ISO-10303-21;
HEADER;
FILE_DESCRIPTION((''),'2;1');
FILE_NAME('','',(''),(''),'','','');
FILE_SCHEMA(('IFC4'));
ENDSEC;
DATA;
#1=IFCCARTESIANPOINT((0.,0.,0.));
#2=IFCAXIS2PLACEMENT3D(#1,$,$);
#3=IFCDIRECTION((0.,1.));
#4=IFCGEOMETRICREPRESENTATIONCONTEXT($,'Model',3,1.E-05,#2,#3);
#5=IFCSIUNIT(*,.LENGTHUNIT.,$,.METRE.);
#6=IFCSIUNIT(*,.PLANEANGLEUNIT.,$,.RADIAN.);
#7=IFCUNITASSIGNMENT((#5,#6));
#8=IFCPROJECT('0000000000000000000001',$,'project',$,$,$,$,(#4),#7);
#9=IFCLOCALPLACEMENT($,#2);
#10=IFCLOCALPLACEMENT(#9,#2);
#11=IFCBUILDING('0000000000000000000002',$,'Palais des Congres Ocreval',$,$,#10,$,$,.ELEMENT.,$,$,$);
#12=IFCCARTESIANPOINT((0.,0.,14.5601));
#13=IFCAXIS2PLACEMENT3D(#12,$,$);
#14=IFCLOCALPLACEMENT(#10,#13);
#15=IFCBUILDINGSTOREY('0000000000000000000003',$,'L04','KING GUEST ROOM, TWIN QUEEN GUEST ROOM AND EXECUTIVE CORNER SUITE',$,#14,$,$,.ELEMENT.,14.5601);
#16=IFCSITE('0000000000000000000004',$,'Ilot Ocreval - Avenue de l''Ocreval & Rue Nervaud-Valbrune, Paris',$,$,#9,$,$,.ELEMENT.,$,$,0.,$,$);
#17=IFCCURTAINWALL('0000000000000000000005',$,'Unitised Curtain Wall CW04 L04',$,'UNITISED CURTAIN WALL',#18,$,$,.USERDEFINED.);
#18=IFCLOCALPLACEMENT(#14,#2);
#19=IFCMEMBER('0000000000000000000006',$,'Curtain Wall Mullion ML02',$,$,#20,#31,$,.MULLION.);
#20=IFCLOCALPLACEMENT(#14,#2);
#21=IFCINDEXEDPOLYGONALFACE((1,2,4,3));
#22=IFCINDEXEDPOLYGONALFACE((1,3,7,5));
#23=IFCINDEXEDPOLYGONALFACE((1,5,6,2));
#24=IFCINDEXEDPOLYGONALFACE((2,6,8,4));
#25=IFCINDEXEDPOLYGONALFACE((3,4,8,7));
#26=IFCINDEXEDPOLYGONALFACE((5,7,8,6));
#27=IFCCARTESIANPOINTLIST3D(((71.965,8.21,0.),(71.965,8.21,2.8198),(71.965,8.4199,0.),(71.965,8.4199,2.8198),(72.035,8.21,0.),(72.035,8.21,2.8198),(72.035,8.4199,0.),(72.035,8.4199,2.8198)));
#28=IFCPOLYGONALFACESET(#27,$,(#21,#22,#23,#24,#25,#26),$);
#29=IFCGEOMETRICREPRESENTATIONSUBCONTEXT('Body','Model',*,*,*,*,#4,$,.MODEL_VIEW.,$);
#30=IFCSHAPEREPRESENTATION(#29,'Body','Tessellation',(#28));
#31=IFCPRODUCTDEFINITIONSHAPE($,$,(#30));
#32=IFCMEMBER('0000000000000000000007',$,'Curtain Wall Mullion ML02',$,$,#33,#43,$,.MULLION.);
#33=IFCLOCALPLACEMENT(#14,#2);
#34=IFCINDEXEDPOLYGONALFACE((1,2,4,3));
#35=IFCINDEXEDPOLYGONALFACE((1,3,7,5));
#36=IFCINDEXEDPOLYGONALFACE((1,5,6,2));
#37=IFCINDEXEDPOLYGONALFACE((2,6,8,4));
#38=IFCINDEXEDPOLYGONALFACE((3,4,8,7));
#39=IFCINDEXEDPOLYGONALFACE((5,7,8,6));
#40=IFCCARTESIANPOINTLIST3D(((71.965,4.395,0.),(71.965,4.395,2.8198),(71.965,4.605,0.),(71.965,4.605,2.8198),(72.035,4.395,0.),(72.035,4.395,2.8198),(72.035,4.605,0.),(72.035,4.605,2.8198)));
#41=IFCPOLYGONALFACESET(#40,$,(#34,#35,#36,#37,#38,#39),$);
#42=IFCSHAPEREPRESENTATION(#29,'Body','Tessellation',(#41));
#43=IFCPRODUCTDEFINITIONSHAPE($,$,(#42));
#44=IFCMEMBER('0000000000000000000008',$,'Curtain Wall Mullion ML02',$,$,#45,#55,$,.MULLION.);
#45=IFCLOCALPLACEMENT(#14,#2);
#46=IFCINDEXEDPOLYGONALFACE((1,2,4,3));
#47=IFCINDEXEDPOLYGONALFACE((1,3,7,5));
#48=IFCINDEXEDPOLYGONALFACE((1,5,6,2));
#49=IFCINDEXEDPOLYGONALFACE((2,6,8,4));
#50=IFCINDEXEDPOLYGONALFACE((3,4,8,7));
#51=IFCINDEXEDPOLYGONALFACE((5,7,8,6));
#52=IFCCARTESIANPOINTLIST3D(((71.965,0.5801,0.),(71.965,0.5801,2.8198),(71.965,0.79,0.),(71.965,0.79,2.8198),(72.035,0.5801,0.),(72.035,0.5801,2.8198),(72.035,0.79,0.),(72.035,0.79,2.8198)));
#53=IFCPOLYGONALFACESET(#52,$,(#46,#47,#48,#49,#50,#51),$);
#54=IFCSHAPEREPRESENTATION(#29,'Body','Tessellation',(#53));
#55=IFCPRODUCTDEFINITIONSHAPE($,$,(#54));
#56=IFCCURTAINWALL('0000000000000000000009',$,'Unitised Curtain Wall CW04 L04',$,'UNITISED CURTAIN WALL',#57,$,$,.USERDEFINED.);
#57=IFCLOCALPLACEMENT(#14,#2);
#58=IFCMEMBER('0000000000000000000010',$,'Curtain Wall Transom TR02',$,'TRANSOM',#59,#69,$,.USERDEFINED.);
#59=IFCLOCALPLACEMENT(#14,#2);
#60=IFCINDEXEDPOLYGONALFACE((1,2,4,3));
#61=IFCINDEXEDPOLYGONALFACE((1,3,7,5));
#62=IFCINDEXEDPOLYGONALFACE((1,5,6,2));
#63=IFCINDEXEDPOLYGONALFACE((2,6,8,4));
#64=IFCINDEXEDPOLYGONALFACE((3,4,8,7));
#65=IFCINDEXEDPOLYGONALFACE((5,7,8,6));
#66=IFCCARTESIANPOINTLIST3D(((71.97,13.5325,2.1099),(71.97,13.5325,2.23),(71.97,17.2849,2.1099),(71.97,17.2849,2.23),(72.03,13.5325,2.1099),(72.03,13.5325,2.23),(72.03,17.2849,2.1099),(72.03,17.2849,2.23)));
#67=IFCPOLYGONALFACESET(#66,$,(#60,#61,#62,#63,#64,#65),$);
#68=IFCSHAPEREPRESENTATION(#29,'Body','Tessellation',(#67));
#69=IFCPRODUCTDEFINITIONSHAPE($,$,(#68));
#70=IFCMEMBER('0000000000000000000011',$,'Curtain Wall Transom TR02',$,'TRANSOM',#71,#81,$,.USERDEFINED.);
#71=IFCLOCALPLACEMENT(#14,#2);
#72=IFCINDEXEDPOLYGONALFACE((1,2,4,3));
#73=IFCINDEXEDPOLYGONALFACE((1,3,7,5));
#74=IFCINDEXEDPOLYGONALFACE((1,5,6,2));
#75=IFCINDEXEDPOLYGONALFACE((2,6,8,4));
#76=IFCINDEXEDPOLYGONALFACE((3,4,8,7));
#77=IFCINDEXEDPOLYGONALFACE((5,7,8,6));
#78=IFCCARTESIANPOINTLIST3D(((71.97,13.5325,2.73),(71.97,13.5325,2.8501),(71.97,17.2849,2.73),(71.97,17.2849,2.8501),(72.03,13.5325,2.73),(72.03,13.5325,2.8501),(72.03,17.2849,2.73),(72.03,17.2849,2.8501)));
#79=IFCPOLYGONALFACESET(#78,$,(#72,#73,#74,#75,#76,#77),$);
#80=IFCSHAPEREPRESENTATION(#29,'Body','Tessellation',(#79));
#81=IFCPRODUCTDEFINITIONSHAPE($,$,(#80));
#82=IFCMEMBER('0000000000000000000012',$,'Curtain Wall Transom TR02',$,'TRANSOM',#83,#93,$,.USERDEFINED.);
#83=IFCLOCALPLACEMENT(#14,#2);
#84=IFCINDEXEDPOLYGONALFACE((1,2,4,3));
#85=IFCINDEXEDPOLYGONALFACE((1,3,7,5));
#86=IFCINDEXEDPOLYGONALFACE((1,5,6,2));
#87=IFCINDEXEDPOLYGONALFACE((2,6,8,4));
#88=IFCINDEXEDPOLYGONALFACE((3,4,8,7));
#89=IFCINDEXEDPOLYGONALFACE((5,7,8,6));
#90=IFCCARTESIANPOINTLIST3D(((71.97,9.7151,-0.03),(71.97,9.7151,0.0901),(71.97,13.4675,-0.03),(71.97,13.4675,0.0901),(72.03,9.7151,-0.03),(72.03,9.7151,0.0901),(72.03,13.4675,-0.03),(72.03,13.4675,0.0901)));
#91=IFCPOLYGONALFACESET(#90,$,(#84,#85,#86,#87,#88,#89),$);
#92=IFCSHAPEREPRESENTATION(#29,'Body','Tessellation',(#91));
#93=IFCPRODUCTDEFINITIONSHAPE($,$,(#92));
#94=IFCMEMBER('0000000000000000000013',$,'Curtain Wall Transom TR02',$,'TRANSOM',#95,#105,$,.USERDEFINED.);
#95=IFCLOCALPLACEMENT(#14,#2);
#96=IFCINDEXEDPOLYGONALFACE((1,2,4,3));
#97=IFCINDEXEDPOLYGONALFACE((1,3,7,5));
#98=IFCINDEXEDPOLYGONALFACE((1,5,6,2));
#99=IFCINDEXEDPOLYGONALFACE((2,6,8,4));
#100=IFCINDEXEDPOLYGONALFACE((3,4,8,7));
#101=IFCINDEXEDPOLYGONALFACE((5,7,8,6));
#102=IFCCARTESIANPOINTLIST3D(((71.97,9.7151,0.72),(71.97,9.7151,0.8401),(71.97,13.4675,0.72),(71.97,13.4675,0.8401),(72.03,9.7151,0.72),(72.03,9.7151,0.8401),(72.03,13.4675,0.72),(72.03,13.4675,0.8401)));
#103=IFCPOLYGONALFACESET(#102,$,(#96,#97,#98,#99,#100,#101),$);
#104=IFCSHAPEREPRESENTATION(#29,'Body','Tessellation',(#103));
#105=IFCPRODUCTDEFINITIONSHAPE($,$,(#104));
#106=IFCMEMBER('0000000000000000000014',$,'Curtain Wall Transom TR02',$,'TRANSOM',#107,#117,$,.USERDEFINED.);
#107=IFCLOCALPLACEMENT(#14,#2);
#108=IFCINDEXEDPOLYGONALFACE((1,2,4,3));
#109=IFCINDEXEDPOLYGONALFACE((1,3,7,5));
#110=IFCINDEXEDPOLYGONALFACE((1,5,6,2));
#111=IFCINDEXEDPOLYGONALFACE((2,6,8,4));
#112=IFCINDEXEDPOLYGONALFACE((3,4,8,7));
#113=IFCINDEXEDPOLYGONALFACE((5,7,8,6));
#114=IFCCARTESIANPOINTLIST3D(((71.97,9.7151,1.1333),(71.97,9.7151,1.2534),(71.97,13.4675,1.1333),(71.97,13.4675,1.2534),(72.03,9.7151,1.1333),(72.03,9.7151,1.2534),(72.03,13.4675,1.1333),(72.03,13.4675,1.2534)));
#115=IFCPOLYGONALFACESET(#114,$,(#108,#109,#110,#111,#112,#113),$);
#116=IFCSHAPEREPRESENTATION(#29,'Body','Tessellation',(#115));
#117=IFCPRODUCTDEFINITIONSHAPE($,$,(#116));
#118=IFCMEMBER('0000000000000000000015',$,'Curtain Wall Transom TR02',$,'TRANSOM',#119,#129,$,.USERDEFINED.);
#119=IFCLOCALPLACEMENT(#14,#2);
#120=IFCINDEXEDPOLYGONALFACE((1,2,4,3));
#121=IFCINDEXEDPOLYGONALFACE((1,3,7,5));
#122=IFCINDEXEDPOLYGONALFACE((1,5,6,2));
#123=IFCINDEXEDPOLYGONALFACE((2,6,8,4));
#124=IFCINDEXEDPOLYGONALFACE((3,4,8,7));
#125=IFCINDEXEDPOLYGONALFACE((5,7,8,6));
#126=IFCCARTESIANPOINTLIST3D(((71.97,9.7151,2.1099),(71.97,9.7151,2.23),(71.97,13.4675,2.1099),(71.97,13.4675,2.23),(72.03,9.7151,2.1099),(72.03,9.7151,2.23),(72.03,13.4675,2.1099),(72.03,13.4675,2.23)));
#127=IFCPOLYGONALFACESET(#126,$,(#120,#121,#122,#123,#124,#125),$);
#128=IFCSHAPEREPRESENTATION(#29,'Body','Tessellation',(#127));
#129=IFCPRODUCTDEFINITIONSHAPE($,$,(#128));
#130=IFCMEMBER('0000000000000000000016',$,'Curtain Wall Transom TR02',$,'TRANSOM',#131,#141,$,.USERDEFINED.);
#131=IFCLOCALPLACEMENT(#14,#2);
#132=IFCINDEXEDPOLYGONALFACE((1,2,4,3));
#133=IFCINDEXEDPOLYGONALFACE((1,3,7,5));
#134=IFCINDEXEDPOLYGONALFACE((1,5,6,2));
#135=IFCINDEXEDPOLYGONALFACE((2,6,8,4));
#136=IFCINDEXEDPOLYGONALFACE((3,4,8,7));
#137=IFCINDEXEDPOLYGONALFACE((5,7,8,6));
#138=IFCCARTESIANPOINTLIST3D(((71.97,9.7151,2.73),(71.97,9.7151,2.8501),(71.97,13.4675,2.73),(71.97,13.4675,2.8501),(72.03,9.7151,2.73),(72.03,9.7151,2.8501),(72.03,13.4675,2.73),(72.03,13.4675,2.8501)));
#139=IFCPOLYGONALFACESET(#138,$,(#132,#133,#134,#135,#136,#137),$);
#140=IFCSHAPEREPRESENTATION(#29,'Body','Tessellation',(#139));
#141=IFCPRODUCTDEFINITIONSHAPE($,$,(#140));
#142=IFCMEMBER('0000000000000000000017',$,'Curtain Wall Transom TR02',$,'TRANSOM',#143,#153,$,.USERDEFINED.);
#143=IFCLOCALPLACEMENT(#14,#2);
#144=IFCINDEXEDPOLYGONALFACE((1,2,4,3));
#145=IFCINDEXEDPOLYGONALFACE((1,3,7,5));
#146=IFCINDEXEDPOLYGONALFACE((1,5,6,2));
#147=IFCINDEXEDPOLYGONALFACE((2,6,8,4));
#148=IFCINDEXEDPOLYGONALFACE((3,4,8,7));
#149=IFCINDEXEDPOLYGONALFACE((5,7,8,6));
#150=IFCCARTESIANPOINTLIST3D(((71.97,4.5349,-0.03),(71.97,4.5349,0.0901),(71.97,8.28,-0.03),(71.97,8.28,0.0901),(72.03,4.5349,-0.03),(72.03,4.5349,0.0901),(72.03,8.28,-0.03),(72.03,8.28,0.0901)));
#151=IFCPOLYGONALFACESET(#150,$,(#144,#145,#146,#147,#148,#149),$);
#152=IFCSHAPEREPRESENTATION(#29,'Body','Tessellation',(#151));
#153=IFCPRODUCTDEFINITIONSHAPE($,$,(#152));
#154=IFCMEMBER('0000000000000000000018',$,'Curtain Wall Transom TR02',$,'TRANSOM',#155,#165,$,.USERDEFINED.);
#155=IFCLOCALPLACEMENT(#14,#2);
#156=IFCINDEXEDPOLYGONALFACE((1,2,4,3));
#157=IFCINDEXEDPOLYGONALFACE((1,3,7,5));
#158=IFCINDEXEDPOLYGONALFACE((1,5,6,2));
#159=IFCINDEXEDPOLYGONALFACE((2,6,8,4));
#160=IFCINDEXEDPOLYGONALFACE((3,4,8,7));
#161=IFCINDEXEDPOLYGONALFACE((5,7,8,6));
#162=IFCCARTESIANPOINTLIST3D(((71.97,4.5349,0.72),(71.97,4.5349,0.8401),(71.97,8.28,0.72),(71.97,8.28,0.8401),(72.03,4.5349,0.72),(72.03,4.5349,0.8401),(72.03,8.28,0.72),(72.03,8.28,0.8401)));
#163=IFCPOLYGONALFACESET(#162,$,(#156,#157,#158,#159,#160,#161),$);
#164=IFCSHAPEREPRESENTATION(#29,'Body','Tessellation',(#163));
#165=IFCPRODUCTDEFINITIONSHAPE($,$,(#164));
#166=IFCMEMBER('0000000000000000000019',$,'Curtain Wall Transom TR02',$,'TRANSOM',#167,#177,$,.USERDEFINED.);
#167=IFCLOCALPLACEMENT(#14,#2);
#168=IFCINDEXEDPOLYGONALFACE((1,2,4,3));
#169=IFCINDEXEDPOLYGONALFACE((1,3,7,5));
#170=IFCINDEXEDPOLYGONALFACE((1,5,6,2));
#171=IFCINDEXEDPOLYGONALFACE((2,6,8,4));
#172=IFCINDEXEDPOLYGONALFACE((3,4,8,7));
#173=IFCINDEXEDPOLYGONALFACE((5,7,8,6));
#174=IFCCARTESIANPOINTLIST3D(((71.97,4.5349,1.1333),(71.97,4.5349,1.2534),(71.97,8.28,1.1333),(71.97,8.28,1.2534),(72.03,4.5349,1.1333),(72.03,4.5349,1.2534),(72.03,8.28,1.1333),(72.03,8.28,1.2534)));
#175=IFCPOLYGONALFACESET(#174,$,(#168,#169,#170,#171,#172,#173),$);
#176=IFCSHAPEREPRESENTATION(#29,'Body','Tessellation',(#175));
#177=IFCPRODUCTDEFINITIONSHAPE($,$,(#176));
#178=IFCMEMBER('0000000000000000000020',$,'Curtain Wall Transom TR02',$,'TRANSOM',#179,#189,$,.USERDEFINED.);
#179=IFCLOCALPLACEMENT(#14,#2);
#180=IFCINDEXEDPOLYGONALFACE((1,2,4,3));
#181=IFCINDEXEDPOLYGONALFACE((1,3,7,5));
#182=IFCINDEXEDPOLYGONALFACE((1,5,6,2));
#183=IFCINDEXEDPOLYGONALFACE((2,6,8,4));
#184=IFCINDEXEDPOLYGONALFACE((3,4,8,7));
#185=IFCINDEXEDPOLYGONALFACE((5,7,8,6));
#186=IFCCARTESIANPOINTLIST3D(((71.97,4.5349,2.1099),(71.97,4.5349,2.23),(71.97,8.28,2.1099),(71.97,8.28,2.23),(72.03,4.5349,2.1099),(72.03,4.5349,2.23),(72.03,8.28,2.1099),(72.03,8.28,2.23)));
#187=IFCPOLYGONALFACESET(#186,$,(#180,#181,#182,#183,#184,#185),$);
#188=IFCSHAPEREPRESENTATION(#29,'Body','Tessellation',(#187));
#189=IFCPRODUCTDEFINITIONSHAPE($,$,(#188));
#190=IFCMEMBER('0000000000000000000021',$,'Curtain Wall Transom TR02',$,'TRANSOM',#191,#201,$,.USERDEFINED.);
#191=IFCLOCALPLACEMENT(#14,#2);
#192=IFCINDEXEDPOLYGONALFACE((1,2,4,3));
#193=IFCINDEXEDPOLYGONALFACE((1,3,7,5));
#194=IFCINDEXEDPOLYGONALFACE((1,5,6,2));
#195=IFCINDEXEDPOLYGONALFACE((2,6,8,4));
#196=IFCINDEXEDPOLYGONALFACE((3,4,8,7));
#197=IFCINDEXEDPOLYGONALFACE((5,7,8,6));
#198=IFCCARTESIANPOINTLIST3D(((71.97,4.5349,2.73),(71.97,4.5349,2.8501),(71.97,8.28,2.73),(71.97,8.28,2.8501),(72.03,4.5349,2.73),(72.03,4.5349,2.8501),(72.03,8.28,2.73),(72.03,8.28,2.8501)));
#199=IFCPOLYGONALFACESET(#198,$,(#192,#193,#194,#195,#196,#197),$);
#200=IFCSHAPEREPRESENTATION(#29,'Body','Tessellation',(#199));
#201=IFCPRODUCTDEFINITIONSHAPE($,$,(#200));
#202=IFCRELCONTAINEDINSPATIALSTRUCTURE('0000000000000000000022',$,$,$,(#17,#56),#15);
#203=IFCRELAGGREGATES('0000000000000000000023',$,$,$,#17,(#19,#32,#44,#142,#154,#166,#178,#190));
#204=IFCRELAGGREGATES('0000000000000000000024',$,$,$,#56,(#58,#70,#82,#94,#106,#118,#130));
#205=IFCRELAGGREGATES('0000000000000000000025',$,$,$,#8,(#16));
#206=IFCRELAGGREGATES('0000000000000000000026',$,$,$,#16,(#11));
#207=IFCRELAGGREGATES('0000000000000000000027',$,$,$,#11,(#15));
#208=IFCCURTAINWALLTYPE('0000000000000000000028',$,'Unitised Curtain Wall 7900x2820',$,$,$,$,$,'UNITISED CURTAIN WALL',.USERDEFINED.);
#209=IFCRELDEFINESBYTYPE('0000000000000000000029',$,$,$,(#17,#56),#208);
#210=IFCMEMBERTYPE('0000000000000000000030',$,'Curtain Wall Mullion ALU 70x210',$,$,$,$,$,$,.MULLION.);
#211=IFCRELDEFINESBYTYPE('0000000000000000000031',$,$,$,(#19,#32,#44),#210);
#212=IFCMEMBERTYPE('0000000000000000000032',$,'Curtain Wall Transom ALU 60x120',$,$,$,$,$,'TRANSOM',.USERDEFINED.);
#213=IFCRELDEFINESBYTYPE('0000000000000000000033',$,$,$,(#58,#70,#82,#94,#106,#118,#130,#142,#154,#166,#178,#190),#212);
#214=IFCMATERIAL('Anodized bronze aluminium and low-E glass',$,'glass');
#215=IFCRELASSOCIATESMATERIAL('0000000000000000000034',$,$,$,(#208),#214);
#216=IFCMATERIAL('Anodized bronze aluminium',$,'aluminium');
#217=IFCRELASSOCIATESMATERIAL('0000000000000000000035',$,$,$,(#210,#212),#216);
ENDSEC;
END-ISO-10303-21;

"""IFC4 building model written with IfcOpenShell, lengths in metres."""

from ifc_helpers import new_model, si_unit, direction, frame, origin, origin_2d, place, context, subcontext, project, spatial, rectangle, extrude, material, material_profile, profile_set, type_object, element, aggregate, save


model = new_model("IFC4")

# Units and contexts
model_context = context("Model", 3, precision=1e-05, world=origin(), true_north=direction((0.0, 1.0)))
body_context = subcontext(model_context, "Body", "Model", "MODEL_VIEW")
ifc_project = project(units=[si_unit("LENGTHUNIT", "METRE"), si_unit("PLANEANGLEUNIT", "RADIAN")], contexts=[model_context])

# Site, building, storey
site_placement = place(None, origin())
site = spatial("IfcSite", under=ifc_project, at=site_placement, Name="Ilot Ocreval - Avenue de l'Ocreval & Rue Nervaud-Valbrune, Paris", CompositionType="ELEMENT", RefElevation=0.0)
building_placement = place(site_placement, origin())
building = spatial("IfcBuilding", under=site, at=building_placement, Name="Palais des Congres Ocreval", CompositionType="ELEMENT")
storey_placement = place(building_placement, frame((0.0, 0.0, 14.5601)))
storey = spatial("IfcBuildingStorey", under=building, at=storey_placement, Name="L04", Description="KING GUEST ROOM, TWIN QUEEN GUEST ROOM AND EXECUTIVE CORNER SUITE", CompositionType="ELEMENT", Elevation=14.5601)

# Curtain walls, members
ifc_material_1 = material(Name="Anodized bronze aluminium and low-E glass", Category="glass")
curtain_wall_type = type_object("IfcCurtainWallType", Name="Unitised Curtain Wall 7900x2820", ElementType="UNITISED CURTAIN WALL", PredefinedType="USERDEFINED", material=ifc_material_1)
curtain_wall_1_placement = place(storey_placement, origin())
curtain_wall_1 = element("IfcCurtainWall", 1, at=curtain_wall_1_placement, inside=storey, type_object=curtain_wall_type, Name="Unitised Curtain Wall CW04 L04", ObjectType="UNITISED CURTAIN WALL", PredefinedType="USERDEFINED")
ifc_material_2 = material(Name="Anodized bronze aluminium", Category="aluminium")
ifc_material_profile_1 = material_profile(ifc_material_2, rectangle(XDim=0.0701, YDim=0.21, at=origin_2d()), Name="ALU 70x210")
ifc_profile_set_1 = profile_set([ifc_material_profile_1], Name="Anodized bronze aluminium")
member_type_1 = type_object("IfcMemberType", Name="Curtain Wall Mullion ALU 70x210", PredefinedType="MULLION", material=ifc_profile_set_1)
member_1_placement = place(storey_placement, frame((72.0, 8.3149, 0.0), z_axis=(0.0, 0.0, 1.0), x_axis=(1.0, 0.0, 0.0)))
member_1 = element("IfcMember", 2, at=member_1_placement, type_object=member_type_1, Name="Curtain Wall Mullion ML02", PredefinedType="MULLION", context=body_context, shape_type="SweptSolid", body=[
    extrude(rectangle(XDim=0.0701, YDim=0.21, at=origin_2d()), origin(), (0.0, 0.0, 1.0), 2.8198),
])
member_2_placement = place(storey_placement, frame((72.0, 4.5, 0.0), z_axis=(0.0, 0.0, 1.0), x_axis=(1.0, 0.0, 0.0)))
member_2 = element("IfcMember", 3, at=member_2_placement, type_object=member_type_1, Name="Curtain Wall Mullion ML02", PredefinedType="MULLION", context=body_context, shape_type="SweptSolid", body=[
    extrude(rectangle(XDim=0.0701, YDim=0.21, at=origin_2d()), origin(), (0.0, 0.0, 1.0), 2.8198),
])
member_3_placement = place(storey_placement, frame((72.0, 0.6851, 0.0), z_axis=(0.0, 0.0, 1.0), x_axis=(1.0, 0.0, 0.0)))
member_3 = element("IfcMember", 4, at=member_3_placement, type_object=member_type_1, Name="Curtain Wall Mullion ML02", PredefinedType="MULLION", context=body_context, shape_type="SweptSolid", body=[
    extrude(rectangle(XDim=0.0701, YDim=0.21, at=origin_2d()), origin(), (0.0, 0.0, 1.0), 2.8198),
])
curtain_wall_2_placement = place(storey_placement, origin())
curtain_wall_2 = element("IfcCurtainWall", 5, at=curtain_wall_2_placement, inside=storey, type_object=curtain_wall_type, Name="Unitised Curtain Wall CW04 L04", ObjectType="UNITISED CURTAIN WALL", PredefinedType="USERDEFINED")
ifc_material_profile_2 = material_profile(ifc_material_2, rectangle(XDim=0.0601, YDim=0.1201, at=origin_2d()), Name="ALU 60x120")
ifc_profile_set_2 = profile_set([ifc_material_profile_2], Name="Anodized bronze aluminium")
member_type_2 = type_object("IfcMemberType", Name="Curtain Wall Transom ALU 60x120", ElementType="TRANSOM", PredefinedType="USERDEFINED", material=ifc_profile_set_2)
member_4_placement = place(storey_placement, frame((72.0, 17.2849, 2.1699), z_axis=(0.0, -1.0, 0.0), x_axis=(1.0, 0.0, 0.0)))
member_4 = element("IfcMember", 6, at=member_4_placement, type_object=member_type_2, Name="Curtain Wall Transom TR02", ObjectType="TRANSOM", PredefinedType="USERDEFINED", context=body_context, shape_type="SweptSolid", body=[
    extrude(rectangle(XDim=0.0601, YDim=0.1201, at=origin_2d()), origin(), (0.0, 0.0, 1.0), 3.7524),
])
member_5_placement = place(storey_placement, frame((72.0, 17.2849, 2.79), z_axis=(0.0, -1.0, 0.0), x_axis=(1.0, 0.0, 0.0)))
member_5 = element("IfcMember", 7, at=member_5_placement, type_object=member_type_2, Name="Curtain Wall Transom TR02", ObjectType="TRANSOM", PredefinedType="USERDEFINED", context=body_context, shape_type="SweptSolid", body=[
    extrude(rectangle(XDim=0.0601, YDim=0.1201, at=origin_2d()), origin(), (0.0, 0.0, 1.0), 3.7524),
])
member_6_placement = place(storey_placement, frame((72.0, 13.4675, 0.03), z_axis=(0.0, -1.0, 0.0), x_axis=(1.0, 0.0, 0.0)))
member_6 = element("IfcMember", 8, at=member_6_placement, type_object=member_type_2, Name="Curtain Wall Transom TR02", ObjectType="TRANSOM", PredefinedType="USERDEFINED", context=body_context, shape_type="SweptSolid", body=[
    extrude(rectangle(XDim=0.0601, YDim=0.1201, at=origin_2d()), origin(), (0.0, 0.0, 1.0), 3.7524),
])
member_7_placement = place(storey_placement, frame((72.0, 13.4675, 0.78), z_axis=(0.0, -1.0, 0.0), x_axis=(1.0, 0.0, 0.0)))
member_7 = element("IfcMember", 9, at=member_7_placement, type_object=member_type_2, Name="Curtain Wall Transom TR02", ObjectType="TRANSOM", PredefinedType="USERDEFINED", context=body_context, shape_type="SweptSolid", body=[
    extrude(rectangle(XDim=0.0601, YDim=0.1201, at=origin_2d()), origin(), (0.0, 0.0, 1.0), 3.7524),
])
member_8_placement = place(storey_placement, frame((72.0, 13.4675, 1.1934), z_axis=(0.0, -1.0, 0.0), x_axis=(1.0, 0.0, 0.0)))
member_8 = element("IfcMember", 10, at=member_8_placement, type_object=member_type_2, Name="Curtain Wall Transom TR02", ObjectType="TRANSOM", PredefinedType="USERDEFINED", context=body_context, shape_type="SweptSolid", body=[
    extrude(rectangle(XDim=0.0601, YDim=0.1201, at=origin_2d()), origin(), (0.0, 0.0, 1.0), 3.7524),
])
member_9_placement = place(storey_placement, frame((72.0, 13.4675, 2.1699), z_axis=(0.0, -1.0, 0.0), x_axis=(1.0, 0.0, 0.0)))
member_9 = element("IfcMember", 11, at=member_9_placement, type_object=member_type_2, Name="Curtain Wall Transom TR02", ObjectType="TRANSOM", PredefinedType="USERDEFINED", context=body_context, shape_type="SweptSolid", body=[
    extrude(rectangle(XDim=0.0601, YDim=0.1201, at=origin_2d()), origin(), (0.0, 0.0, 1.0), 3.7524),
])
member_10_placement = place(storey_placement, frame((72.0, 13.4675, 2.79), z_axis=(0.0, -1.0, 0.0), x_axis=(1.0, 0.0, 0.0)))
member_10 = element("IfcMember", 12, at=member_10_placement, type_object=member_type_2, Name="Curtain Wall Transom TR02", ObjectType="TRANSOM", PredefinedType="USERDEFINED", context=body_context, shape_type="SweptSolid", body=[
    extrude(rectangle(XDim=0.0601, YDim=0.1201, at=origin_2d()), origin(), (0.0, 0.0, 1.0), 3.7524),
])

# Members
member_11_placement = place(storey_placement, frame((72.0, 8.28, 0.03), z_axis=(0.0, -1.0, 0.0), x_axis=(1.0, 0.0, 0.0)))
member_11 = element("IfcMember", 13, at=member_11_placement, type_object=member_type_2, Name="Curtain Wall Transom TR02", ObjectType="TRANSOM", PredefinedType="USERDEFINED", context=body_context, shape_type="SweptSolid", body=[
    extrude(rectangle(XDim=0.0601, YDim=0.1201, at=origin_2d()), origin(), (0.0, 0.0, 1.0), 3.7451),
])
member_12_placement = place(storey_placement, frame((72.0, 8.28, 0.78), z_axis=(0.0, -1.0, 0.0), x_axis=(1.0, 0.0, 0.0)))
member_12 = element("IfcMember", 14, at=member_12_placement, type_object=member_type_2, Name="Curtain Wall Transom TR02", ObjectType="TRANSOM", PredefinedType="USERDEFINED", context=body_context, shape_type="SweptSolid", body=[
    extrude(rectangle(XDim=0.0601, YDim=0.1201, at=origin_2d()), origin(), (0.0, 0.0, 1.0), 3.7451),
])
member_13_placement = place(storey_placement, frame((72.0, 8.28, 1.1934), z_axis=(0.0, -1.0, 0.0), x_axis=(1.0, 0.0, 0.0)))
member_13 = element("IfcMember", 15, at=member_13_placement, type_object=member_type_2, Name="Curtain Wall Transom TR02", ObjectType="TRANSOM", PredefinedType="USERDEFINED", context=body_context, shape_type="SweptSolid", body=[
    extrude(rectangle(XDim=0.0601, YDim=0.1201, at=origin_2d()), origin(), (0.0, 0.0, 1.0), 3.7451),
])
member_14_placement = place(storey_placement, frame((72.0, 8.28, 2.1699), z_axis=(0.0, -1.0, 0.0), x_axis=(1.0, 0.0, 0.0)))
member_14 = element("IfcMember", 16, at=member_14_placement, type_object=member_type_2, Name="Curtain Wall Transom TR02", ObjectType="TRANSOM", PredefinedType="USERDEFINED", context=body_context, shape_type="SweptSolid", body=[
    extrude(rectangle(XDim=0.0601, YDim=0.1201, at=origin_2d()), origin(), (0.0, 0.0, 1.0), 3.7451),
])
member_15_placement = place(storey_placement, frame((72.0, 8.28, 2.79), z_axis=(0.0, -1.0, 0.0), x_axis=(1.0, 0.0, 0.0)))
member_15 = element("IfcMember", 17, at=member_15_placement, type_object=member_type_2, Name="Curtain Wall Transom TR02", ObjectType="TRANSOM", PredefinedType="USERDEFINED", context=body_context, shape_type="SweptSolid", body=[
    extrude(rectangle(XDim=0.0601, YDim=0.1201, at=origin_2d()), origin(), (0.0, 0.0, 1.0), 3.7451),
])
aggregate(curtain_wall_1, [member_1, member_2, member_3, member_11, member_12, member_13, member_14, member_15])

aggregate(curtain_wall_2, [member_4, member_5, member_6, member_7, member_8, member_9, member_10])

save(model, "model.ifc")
